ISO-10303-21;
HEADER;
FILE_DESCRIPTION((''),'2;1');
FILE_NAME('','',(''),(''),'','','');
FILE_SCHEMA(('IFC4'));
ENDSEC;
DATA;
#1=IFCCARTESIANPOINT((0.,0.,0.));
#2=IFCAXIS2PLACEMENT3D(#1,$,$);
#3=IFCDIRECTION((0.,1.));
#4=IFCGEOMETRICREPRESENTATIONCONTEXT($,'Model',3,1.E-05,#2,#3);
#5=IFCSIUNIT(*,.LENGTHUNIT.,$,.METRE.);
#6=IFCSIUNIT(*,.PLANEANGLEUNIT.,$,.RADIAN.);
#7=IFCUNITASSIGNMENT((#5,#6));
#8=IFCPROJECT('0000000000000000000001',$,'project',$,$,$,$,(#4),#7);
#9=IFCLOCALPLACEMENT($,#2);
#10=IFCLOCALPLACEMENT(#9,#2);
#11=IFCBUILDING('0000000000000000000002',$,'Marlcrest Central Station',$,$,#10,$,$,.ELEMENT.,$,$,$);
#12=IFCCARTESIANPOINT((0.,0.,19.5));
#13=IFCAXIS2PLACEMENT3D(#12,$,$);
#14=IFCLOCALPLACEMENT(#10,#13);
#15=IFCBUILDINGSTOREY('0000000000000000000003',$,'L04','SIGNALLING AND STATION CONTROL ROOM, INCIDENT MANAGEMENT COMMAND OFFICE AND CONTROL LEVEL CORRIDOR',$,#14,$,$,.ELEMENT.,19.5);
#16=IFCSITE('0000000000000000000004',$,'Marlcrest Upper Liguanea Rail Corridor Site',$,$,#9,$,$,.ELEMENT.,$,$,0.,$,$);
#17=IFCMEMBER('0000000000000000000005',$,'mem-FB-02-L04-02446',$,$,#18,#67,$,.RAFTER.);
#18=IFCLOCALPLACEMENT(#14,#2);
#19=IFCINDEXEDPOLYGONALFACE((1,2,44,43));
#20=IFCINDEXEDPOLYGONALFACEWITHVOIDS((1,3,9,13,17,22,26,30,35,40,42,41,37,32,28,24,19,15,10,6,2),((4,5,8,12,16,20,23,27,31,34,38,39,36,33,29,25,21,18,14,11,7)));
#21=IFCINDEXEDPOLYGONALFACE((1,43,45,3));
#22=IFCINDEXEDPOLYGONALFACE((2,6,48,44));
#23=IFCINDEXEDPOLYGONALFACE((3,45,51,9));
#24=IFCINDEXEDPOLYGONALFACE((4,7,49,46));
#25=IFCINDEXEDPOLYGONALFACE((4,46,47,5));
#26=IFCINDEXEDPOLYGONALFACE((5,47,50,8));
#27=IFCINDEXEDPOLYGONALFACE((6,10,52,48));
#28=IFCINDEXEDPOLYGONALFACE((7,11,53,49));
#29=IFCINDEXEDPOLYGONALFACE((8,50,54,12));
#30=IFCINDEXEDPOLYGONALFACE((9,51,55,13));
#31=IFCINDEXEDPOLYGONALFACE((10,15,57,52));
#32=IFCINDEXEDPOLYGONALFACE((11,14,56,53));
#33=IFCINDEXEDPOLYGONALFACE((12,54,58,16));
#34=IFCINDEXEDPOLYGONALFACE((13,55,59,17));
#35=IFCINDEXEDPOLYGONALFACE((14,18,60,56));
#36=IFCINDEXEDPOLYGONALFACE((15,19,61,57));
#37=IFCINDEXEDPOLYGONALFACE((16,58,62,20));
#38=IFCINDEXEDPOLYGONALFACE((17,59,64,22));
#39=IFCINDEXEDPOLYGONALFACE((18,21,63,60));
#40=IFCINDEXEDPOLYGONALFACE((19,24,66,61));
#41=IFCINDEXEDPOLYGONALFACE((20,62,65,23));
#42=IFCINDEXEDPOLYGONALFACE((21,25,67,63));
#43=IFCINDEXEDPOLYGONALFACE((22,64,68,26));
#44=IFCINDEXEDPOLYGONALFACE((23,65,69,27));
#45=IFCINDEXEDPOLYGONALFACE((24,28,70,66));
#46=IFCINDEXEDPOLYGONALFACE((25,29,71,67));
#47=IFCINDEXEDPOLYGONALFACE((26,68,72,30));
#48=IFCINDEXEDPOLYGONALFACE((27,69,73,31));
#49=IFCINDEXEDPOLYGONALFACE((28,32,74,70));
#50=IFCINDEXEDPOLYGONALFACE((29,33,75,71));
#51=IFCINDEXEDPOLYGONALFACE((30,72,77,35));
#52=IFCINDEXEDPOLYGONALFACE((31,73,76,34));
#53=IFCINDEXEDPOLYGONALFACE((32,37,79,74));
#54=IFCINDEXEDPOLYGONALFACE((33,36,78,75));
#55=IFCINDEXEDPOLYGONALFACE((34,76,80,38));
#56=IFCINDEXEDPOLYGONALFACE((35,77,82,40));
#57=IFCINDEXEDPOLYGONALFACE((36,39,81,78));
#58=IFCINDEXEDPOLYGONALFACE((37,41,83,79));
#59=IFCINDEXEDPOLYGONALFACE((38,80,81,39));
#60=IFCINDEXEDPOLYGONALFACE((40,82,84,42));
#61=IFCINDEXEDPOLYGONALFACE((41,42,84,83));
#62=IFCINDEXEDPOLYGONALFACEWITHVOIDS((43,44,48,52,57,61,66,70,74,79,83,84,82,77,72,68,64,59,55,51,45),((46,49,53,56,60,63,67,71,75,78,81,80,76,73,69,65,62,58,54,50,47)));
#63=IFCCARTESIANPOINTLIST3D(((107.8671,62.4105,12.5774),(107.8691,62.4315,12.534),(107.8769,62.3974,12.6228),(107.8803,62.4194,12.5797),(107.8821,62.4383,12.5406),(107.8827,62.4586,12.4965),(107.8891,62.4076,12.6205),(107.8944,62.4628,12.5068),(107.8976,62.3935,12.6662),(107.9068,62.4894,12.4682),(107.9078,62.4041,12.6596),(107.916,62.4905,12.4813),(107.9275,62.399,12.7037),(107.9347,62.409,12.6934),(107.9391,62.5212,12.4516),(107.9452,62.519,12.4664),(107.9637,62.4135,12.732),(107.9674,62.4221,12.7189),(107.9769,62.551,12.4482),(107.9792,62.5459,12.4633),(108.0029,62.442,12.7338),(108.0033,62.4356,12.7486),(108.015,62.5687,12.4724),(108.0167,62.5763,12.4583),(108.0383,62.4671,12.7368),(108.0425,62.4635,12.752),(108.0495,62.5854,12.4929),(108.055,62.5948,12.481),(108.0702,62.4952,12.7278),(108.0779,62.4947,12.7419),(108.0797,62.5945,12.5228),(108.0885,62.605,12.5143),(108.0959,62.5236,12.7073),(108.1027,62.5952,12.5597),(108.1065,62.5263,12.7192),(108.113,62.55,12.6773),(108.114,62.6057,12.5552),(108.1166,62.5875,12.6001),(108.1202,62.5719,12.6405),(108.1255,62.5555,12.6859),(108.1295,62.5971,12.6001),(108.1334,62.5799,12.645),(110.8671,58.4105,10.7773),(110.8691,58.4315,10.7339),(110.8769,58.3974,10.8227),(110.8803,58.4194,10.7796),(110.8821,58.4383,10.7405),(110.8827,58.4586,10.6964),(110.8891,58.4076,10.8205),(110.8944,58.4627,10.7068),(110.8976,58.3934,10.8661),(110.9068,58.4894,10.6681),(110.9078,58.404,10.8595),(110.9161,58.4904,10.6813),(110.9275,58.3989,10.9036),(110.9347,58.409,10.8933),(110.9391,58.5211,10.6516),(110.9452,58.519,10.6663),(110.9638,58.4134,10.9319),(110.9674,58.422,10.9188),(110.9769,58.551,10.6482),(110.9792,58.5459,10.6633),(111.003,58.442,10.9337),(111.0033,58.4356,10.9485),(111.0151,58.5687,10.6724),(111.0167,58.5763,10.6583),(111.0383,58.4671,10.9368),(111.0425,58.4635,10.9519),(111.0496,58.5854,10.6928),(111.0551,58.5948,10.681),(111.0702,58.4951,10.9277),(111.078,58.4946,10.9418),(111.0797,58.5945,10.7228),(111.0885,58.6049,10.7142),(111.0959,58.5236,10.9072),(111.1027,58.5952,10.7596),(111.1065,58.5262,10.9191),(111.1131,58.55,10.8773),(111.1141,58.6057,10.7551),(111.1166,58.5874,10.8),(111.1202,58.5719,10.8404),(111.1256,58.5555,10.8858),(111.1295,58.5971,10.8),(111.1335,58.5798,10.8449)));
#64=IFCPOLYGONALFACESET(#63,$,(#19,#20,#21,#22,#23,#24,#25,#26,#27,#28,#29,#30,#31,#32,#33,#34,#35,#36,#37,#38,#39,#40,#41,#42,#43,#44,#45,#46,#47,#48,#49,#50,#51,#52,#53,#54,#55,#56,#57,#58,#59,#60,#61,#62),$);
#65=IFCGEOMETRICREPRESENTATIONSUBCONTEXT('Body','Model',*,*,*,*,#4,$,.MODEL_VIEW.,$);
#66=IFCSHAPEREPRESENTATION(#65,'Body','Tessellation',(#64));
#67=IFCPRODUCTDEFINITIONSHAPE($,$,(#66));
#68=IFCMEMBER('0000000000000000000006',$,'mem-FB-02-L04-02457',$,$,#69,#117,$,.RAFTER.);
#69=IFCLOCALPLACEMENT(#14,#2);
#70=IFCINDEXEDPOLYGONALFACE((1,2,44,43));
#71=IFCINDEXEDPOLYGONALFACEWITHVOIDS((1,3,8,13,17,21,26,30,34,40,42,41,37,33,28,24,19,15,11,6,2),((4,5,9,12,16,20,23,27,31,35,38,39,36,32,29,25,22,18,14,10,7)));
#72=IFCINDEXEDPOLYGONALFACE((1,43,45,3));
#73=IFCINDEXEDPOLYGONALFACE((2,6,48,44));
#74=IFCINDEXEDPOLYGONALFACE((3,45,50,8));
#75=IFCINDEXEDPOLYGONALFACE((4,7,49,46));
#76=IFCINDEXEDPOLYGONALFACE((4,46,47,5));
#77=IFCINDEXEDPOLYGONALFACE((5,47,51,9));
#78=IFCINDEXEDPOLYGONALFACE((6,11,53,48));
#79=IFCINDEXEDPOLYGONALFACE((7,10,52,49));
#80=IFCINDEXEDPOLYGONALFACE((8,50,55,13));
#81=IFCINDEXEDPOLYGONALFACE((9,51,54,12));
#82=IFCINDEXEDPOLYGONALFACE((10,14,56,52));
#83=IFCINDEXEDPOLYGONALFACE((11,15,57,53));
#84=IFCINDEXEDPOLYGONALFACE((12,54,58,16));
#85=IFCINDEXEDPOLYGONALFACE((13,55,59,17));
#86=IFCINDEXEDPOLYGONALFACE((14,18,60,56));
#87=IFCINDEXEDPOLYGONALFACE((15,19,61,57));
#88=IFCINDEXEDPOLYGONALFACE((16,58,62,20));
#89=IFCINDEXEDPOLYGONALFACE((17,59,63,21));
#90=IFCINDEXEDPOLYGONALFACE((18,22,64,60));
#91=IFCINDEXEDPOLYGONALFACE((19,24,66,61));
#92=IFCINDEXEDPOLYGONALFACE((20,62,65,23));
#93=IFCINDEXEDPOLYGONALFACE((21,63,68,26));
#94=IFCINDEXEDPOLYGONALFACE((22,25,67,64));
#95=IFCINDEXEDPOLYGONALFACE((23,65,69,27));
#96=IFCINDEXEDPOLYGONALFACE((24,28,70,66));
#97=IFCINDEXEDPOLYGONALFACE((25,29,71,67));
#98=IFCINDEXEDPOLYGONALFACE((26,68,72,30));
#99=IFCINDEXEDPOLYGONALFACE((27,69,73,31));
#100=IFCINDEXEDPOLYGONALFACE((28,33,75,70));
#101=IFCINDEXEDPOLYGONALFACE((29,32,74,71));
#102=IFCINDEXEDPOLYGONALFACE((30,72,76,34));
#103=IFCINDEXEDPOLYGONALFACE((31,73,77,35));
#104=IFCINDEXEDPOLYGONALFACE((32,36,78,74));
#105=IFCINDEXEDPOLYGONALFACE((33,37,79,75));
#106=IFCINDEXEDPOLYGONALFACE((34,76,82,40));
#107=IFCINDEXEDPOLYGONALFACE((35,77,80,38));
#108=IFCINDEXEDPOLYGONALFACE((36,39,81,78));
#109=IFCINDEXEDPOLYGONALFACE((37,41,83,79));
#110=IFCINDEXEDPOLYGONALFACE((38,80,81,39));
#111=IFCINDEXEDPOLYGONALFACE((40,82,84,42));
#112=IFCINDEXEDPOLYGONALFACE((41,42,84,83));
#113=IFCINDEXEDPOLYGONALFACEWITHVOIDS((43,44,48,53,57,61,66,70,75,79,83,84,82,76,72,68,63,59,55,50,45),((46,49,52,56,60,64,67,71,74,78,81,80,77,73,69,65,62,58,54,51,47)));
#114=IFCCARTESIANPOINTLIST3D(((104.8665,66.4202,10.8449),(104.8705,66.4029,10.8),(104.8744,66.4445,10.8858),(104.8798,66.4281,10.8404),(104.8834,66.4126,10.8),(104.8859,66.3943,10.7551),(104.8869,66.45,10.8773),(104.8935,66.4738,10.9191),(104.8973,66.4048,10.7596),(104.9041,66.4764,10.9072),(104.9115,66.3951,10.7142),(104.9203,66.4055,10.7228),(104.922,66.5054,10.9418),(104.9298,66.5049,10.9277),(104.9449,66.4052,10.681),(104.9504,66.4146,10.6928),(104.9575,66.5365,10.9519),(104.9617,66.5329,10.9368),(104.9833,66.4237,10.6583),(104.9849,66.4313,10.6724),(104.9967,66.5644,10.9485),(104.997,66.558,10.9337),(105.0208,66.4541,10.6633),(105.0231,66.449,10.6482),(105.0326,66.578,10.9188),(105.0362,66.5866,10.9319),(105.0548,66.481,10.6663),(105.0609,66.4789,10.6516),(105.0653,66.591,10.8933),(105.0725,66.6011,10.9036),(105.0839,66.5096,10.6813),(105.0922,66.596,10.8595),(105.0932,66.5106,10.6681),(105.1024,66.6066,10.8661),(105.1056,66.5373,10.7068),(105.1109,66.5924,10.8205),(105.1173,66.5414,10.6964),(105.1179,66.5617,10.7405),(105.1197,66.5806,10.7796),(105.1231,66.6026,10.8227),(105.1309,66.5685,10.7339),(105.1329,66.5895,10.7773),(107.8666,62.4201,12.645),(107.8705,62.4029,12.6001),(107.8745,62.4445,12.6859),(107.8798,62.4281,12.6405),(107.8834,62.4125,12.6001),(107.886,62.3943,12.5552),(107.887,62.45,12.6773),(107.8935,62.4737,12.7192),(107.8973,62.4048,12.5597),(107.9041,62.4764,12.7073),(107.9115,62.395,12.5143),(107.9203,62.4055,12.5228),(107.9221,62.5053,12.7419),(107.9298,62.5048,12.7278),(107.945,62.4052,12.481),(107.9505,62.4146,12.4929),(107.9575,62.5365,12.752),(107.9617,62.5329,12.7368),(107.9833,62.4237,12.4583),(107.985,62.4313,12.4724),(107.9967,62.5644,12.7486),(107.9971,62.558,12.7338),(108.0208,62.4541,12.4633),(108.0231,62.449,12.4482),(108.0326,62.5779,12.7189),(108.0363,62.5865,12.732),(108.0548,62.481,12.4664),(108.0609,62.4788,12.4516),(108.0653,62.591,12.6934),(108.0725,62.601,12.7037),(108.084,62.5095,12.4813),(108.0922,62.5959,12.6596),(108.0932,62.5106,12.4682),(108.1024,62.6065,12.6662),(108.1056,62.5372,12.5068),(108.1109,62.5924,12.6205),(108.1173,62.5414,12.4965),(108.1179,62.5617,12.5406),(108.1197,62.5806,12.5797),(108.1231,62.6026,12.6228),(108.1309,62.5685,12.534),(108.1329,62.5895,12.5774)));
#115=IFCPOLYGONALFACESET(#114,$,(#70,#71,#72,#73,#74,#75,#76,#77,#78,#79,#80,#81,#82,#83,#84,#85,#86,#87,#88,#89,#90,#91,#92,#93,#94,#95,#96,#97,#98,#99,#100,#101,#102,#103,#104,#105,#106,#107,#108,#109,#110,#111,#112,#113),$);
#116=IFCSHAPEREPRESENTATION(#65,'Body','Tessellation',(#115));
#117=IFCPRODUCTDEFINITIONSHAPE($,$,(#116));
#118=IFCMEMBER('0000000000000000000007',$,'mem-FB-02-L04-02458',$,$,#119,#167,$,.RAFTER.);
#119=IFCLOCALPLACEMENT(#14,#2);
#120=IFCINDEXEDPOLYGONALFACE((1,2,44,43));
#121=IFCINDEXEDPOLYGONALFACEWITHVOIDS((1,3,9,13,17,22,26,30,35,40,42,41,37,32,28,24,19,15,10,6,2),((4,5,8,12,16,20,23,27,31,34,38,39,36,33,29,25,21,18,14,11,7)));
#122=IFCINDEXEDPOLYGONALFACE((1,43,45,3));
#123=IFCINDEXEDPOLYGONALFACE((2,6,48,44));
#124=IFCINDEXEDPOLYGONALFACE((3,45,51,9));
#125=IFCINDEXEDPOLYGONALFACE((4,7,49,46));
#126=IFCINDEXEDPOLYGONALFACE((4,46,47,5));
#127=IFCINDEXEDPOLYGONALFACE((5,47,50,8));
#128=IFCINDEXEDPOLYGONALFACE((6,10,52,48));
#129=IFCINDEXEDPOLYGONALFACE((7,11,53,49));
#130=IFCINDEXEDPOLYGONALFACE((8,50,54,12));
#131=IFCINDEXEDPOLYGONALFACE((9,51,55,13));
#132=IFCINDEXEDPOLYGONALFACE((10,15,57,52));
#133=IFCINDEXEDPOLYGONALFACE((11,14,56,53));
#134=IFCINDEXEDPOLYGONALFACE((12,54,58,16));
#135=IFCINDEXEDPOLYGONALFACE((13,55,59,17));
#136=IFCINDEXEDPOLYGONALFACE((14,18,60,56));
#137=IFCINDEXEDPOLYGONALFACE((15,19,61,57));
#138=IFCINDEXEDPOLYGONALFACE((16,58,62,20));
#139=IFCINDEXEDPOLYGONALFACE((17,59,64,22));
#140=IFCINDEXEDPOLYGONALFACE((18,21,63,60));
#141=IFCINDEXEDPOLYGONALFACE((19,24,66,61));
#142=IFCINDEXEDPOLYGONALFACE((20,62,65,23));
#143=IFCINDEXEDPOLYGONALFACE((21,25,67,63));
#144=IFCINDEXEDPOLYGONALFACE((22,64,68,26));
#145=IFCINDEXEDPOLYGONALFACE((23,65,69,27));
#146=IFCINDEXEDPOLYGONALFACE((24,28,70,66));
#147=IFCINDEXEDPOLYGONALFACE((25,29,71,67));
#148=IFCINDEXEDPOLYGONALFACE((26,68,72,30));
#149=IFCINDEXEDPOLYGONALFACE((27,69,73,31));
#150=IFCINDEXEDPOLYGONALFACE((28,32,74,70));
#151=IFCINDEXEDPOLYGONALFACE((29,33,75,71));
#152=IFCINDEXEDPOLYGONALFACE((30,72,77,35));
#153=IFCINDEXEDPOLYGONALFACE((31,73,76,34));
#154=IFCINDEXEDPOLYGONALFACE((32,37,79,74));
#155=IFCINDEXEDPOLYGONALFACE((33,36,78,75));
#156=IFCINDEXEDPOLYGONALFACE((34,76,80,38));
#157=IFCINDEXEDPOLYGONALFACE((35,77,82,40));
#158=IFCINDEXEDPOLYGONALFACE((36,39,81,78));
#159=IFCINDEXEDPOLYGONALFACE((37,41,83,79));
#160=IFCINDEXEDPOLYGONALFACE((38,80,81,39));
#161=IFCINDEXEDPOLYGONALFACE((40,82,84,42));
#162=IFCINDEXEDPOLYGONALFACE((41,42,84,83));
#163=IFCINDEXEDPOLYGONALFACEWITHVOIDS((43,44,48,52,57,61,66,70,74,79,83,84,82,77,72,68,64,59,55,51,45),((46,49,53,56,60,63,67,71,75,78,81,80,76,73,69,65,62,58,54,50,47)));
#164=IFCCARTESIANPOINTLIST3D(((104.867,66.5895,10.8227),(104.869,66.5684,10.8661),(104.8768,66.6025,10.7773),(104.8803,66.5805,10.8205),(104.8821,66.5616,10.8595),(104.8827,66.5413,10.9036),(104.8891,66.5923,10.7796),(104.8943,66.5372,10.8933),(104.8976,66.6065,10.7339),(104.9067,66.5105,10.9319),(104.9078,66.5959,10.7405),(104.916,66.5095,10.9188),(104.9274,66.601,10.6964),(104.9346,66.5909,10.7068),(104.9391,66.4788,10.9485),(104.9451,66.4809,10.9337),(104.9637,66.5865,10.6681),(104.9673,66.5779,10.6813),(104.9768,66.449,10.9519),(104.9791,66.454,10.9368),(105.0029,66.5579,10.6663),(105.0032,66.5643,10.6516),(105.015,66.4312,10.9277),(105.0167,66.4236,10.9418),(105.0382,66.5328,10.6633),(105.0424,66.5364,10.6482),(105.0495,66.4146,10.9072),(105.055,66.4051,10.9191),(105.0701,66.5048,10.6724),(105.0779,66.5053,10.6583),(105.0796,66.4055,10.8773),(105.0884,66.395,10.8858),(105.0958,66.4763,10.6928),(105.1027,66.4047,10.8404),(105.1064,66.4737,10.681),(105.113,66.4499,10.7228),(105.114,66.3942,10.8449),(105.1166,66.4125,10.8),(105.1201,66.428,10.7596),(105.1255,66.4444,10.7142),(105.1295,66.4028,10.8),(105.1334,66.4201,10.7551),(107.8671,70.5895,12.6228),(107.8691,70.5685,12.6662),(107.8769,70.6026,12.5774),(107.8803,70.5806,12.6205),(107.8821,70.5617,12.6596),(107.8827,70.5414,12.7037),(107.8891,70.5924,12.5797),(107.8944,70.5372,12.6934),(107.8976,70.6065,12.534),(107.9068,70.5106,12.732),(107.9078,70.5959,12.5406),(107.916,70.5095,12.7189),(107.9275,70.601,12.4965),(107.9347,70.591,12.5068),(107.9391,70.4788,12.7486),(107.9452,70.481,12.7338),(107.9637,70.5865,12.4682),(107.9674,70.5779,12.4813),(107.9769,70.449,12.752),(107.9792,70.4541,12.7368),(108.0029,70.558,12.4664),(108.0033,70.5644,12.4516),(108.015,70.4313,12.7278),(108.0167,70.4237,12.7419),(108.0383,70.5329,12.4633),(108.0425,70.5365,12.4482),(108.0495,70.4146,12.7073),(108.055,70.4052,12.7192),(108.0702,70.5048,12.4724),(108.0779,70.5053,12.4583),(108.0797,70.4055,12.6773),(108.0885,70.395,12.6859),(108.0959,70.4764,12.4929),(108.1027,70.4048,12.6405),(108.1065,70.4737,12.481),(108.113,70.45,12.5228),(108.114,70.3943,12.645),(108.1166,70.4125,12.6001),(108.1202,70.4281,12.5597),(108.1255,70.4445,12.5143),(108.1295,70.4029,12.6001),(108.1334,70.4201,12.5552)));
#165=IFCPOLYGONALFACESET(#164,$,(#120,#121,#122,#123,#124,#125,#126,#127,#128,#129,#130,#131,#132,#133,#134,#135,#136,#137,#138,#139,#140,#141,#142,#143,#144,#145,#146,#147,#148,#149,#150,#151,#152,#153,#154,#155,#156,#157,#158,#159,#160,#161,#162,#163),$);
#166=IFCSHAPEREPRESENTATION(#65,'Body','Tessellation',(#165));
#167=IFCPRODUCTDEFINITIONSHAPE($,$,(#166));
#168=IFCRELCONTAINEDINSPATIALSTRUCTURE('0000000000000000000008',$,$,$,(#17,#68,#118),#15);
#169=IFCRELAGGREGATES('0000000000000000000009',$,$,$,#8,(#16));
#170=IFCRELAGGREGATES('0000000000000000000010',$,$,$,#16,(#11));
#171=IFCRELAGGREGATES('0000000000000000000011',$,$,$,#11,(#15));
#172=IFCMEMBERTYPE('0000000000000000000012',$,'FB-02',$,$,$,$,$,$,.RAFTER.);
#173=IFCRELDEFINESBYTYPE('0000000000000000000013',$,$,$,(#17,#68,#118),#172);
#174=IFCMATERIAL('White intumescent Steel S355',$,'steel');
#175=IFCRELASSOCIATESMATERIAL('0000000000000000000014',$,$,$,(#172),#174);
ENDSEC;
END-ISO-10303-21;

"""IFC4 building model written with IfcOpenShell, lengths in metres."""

from ifc_helpers import new_model, si_unit, direction, frame, origin, origin_2d, place, context, subcontext, project, spatial, hollow_circle, extrude, material, material_profile, profile_set, type_object, element, save


model = new_model("IFC4")

# Units and contexts
model_context = context("Model", 3, precision=1e-05, world=origin(), true_north=direction((0.0, 1.0)))
body_context = subcontext(model_context, "Body", "Model", "MODEL_VIEW")
ifc_project = project(units=[si_unit("LENGTHUNIT", "METRE"), si_unit("PLANEANGLEUNIT", "RADIAN")], contexts=[model_context])

# Site, building, storey
site_placement = place(None, origin())
site = spatial("IfcSite", under=ifc_project, at=site_placement, Name="Marlcrest Upper Liguanea Rail Corridor Site", CompositionType="ELEMENT", RefElevation=0.0)
building_placement = place(site_placement, origin())
building = spatial("IfcBuilding", under=site, at=building_placement, Name="Marlcrest Central Station", CompositionType="ELEMENT")
storey_placement = place(building_placement, frame((0.0, 0.0, 19.5)))
storey = spatial("IfcBuildingStorey", under=building, at=storey_placement, Name="L04", Description="SIGNALLING AND STATION CONTROL ROOM, INCIDENT MANAGEMENT COMMAND OFFICE AND CONTROL LEVEL CORRIDOR", CompositionType="ELEMENT", Elevation=19.5)

# Members
ifc_material_1 = material(Name="White intumescent Steel S355", Category="steel")
ifc_material_profile_1 = material_profile(ifc_material_1, hollow_circle(Radius=0.1619, WallThickness=0.0161, at=origin_2d()), Name="CHS 323.9x16")
ifc_profile_set_1 = profile_set([ifc_material_profile_1], Name="White intumescent Steel S355")
member_type_1 = type_object("IfcMemberType", Name="FB-02", PredefinedType="RAFTER", material=ifc_profile_set_1)
for number, where, z_axis, x_axis, name in (
    (1, (108.0, 62.5, 12.6001), (0.564531, -0.752708, -0.338728), (0.8, 0.6, 0.0), "mem-FB-02-L04-02446"),
    (2, (108.0, 62.5, 12.6001), (-0.564531, 0.752708, -0.338728), (-0.8, -0.6, 0.0), "mem-FB-02-L04-02457"),
    (3, (108.0, 70.5, 12.6001), (-0.564531, -0.752708, -0.338728), (0.8, -0.6, 0.0), "mem-FB-02-L04-02458"),
):
    element("IfcMember", number, at=place(storey_placement, frame(where, z_axis=z_axis, x_axis=x_axis)), inside=storey, type_object=member_type_1, Name=name, PredefinedType="RAFTER", context=body_context, shape_type="SweptSolid", body=[
        extrude(hollow_circle(Radius=0.1619, WallThickness=0.0161, at=origin_2d()), origin(), (0.0, 0.0, 1.0), 5.3142),
    ])

save(model, "model.ifc")
